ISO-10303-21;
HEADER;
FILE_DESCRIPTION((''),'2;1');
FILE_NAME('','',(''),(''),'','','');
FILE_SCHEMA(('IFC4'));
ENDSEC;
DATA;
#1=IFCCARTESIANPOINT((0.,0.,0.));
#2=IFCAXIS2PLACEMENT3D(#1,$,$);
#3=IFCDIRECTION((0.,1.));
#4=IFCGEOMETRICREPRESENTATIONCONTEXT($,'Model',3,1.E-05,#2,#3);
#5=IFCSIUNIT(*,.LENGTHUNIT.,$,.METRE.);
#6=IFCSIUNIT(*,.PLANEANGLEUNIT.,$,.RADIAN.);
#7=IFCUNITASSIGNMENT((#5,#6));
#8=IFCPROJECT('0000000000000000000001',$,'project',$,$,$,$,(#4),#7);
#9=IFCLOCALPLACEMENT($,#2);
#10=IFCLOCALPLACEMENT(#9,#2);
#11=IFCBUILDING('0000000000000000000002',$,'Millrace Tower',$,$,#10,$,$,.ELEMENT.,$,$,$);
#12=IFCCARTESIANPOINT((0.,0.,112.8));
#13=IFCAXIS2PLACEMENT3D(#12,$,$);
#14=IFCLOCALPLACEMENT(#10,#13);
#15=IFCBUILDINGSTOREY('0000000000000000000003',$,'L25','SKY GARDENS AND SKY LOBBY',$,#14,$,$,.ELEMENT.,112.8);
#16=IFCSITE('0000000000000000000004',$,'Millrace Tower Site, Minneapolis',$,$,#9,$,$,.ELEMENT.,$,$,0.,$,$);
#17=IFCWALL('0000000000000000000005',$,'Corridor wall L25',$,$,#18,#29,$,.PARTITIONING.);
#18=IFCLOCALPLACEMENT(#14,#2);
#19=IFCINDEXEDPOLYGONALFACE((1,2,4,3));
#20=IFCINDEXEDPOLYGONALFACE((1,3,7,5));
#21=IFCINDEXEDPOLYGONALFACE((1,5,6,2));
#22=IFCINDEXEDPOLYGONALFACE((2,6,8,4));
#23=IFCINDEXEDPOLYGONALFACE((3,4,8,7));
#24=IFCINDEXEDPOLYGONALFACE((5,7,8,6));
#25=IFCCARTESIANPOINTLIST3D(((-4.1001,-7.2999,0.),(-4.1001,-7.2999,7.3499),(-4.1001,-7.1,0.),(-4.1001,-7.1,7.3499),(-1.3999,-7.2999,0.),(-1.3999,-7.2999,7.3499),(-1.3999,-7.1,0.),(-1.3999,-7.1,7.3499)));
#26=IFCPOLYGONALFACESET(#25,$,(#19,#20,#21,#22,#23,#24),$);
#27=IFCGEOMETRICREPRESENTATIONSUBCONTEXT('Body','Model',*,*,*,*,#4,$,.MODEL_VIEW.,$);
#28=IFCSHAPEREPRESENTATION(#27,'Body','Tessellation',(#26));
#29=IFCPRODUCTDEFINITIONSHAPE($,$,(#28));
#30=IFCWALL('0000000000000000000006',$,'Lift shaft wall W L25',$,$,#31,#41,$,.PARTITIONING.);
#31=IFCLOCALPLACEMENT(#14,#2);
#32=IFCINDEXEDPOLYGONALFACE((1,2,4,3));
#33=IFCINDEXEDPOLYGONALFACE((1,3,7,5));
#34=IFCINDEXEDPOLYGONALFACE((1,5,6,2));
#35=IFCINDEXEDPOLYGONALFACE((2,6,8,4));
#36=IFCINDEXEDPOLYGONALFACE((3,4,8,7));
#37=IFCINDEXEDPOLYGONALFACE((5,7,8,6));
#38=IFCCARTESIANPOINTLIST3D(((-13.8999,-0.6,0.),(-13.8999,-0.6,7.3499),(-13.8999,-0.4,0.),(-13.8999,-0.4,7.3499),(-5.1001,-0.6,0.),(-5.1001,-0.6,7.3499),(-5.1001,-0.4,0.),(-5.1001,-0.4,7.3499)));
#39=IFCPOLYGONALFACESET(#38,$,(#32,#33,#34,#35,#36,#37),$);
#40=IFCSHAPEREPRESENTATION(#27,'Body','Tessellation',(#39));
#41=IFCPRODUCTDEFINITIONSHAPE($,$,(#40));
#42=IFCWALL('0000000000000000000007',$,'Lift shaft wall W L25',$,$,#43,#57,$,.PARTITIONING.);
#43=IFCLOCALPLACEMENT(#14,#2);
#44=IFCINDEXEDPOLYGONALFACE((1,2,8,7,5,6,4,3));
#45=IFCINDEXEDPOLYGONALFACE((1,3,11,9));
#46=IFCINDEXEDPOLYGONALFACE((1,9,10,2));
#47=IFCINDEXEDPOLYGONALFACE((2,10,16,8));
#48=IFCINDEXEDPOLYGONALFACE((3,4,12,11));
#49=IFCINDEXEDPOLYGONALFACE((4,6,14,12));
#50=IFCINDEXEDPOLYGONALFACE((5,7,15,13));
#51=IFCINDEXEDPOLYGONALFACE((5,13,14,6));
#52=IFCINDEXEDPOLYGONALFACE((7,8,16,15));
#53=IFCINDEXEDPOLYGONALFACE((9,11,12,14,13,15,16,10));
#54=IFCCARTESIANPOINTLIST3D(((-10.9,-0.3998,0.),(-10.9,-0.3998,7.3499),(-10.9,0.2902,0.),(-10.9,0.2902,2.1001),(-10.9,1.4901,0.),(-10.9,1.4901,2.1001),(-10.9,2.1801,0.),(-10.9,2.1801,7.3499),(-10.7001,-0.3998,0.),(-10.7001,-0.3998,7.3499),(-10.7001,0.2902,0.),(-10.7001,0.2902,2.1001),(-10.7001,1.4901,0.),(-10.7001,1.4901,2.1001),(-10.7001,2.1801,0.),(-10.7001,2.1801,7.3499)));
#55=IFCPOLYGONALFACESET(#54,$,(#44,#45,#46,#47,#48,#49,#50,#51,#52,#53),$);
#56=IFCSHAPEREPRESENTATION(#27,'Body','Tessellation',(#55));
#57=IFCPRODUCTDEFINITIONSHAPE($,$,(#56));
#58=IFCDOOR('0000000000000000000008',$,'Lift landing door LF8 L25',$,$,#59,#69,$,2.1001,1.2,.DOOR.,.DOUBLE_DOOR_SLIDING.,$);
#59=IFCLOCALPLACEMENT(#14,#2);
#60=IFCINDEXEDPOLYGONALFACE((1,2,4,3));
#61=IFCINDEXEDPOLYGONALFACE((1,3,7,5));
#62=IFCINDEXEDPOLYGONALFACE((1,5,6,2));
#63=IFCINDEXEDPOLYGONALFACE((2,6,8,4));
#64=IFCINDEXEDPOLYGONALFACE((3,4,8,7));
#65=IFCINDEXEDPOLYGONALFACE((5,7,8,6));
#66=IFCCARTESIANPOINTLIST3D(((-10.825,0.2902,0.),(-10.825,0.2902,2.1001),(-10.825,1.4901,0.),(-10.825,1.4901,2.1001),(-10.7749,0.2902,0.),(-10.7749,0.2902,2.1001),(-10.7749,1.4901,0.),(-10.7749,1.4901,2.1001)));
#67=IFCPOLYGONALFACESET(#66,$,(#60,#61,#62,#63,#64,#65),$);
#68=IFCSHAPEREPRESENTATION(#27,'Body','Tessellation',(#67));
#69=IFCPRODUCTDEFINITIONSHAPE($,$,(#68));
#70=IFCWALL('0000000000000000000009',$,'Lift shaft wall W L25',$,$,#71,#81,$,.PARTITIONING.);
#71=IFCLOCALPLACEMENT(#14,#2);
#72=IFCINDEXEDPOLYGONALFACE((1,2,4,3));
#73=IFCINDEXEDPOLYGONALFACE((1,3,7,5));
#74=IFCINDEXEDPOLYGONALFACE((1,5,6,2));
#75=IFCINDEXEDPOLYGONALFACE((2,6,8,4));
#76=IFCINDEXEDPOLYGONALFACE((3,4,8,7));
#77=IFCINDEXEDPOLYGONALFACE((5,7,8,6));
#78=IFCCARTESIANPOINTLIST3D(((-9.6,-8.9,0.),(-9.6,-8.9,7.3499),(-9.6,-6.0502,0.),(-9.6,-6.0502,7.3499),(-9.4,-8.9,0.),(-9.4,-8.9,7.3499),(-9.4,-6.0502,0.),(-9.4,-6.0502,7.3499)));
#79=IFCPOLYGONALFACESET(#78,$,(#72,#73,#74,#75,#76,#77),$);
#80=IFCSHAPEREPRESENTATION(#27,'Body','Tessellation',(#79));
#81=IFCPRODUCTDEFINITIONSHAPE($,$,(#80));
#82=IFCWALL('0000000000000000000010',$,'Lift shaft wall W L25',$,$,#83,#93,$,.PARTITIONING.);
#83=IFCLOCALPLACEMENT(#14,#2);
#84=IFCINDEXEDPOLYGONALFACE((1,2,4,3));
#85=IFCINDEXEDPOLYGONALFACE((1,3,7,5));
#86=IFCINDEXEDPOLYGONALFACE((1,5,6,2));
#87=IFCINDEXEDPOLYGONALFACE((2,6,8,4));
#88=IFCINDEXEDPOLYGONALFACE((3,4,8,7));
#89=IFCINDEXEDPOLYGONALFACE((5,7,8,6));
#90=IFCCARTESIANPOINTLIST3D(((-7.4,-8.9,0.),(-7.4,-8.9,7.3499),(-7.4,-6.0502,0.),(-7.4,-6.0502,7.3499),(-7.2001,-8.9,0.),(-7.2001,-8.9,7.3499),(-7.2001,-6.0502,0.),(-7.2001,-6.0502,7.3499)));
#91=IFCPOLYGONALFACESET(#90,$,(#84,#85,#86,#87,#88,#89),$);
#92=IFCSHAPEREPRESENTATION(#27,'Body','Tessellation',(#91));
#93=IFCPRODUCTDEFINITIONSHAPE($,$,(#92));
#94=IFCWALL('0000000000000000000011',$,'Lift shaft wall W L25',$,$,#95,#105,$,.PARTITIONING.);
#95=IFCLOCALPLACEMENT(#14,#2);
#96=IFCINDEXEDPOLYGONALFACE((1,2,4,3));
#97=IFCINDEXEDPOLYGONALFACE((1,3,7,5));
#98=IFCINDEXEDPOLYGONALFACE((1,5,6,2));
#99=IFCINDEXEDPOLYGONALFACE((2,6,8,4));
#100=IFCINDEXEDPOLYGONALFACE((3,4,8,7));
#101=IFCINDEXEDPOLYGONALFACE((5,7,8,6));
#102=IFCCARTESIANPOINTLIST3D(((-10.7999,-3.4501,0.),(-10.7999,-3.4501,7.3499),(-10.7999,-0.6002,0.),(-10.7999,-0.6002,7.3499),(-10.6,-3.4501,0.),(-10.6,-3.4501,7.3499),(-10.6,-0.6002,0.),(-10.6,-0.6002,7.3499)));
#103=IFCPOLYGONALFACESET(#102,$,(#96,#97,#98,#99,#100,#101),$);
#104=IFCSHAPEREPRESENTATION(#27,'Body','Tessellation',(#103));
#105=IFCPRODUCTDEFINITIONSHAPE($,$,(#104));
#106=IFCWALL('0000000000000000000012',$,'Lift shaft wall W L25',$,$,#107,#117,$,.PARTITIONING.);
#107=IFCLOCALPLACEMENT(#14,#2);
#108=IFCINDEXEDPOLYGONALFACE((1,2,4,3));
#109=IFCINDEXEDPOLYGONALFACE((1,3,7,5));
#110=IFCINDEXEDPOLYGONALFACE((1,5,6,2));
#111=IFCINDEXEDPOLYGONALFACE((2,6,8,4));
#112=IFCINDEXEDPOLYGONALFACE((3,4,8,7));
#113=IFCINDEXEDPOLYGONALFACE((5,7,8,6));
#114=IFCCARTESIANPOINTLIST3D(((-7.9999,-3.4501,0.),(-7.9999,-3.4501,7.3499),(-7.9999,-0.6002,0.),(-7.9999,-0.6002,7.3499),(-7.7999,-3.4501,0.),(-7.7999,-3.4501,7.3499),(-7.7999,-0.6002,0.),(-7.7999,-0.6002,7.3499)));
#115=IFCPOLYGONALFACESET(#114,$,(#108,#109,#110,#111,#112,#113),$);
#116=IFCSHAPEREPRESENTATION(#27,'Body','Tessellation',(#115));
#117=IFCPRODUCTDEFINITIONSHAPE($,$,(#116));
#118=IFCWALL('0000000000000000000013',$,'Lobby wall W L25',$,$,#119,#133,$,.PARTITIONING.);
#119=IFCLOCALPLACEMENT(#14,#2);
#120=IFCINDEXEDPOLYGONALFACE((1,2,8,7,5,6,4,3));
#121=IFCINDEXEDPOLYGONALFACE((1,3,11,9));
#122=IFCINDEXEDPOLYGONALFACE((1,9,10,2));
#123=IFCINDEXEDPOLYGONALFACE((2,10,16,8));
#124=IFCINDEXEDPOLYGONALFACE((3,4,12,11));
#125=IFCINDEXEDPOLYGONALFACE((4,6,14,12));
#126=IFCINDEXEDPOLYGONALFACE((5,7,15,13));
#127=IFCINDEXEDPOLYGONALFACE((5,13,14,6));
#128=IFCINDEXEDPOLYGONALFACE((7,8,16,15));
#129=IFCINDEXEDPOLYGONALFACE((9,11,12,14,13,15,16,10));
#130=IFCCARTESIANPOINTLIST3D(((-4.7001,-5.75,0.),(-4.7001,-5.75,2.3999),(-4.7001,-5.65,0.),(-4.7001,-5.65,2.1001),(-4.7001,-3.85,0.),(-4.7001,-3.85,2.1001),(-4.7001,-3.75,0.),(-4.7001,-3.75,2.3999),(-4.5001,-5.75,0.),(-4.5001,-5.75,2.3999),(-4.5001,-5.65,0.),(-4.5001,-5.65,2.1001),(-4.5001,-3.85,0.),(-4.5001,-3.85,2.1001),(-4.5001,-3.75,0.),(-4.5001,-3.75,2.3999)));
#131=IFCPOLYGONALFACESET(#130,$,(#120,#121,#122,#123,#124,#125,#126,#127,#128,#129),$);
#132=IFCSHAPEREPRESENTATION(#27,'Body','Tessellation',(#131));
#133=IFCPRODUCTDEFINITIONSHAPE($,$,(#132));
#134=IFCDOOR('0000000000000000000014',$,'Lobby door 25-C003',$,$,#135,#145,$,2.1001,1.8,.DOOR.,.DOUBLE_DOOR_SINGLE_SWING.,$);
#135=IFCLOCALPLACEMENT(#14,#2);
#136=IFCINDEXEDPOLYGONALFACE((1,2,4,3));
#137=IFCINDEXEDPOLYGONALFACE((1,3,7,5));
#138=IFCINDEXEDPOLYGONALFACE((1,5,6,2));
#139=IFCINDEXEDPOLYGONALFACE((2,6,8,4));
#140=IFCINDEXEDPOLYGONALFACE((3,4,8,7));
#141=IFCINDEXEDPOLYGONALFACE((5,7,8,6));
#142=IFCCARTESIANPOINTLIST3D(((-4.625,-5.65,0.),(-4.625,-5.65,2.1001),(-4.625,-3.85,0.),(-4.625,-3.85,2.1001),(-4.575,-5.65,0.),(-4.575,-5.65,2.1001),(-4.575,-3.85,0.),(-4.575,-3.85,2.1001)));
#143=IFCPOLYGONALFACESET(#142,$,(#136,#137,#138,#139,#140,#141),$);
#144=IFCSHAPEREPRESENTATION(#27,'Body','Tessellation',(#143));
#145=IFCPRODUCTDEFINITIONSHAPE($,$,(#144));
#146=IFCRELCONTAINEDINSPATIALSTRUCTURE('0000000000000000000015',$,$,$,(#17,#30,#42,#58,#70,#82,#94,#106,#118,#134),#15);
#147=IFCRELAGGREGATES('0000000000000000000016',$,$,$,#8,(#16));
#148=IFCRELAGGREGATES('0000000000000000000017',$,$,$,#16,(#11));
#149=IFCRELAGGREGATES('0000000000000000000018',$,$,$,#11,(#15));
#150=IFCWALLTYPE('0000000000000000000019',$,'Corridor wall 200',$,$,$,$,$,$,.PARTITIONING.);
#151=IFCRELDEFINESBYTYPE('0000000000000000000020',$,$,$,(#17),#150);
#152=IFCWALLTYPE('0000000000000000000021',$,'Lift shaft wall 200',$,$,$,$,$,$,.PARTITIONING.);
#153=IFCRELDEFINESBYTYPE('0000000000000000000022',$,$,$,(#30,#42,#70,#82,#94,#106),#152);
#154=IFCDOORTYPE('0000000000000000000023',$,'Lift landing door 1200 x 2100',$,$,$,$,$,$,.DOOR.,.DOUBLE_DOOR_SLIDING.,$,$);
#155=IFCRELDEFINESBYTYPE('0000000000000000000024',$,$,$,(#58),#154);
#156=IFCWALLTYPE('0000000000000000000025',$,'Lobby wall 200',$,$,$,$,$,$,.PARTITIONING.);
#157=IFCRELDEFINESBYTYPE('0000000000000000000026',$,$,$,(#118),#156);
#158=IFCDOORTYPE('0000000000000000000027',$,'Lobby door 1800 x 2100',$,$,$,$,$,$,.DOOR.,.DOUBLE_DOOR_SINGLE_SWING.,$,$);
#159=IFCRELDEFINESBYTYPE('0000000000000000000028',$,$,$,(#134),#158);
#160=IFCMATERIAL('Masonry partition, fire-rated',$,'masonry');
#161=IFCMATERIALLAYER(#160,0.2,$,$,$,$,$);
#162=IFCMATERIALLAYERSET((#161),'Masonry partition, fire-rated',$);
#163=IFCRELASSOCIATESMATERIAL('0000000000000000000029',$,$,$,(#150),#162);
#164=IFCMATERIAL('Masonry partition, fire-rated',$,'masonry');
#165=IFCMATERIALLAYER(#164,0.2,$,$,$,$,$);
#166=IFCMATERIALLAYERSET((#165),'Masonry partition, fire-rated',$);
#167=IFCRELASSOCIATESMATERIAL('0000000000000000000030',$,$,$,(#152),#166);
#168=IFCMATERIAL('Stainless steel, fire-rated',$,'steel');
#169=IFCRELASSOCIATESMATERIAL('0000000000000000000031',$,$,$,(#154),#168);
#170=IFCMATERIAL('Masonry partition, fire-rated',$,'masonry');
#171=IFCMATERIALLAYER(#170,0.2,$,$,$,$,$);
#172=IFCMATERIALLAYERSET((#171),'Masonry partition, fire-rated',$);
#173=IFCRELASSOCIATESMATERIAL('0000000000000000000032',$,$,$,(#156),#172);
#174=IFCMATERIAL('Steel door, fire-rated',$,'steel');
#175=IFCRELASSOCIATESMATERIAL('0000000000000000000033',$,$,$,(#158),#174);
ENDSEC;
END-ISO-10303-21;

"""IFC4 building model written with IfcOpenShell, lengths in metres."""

from ifc_helpers import new_model, si_unit, direction, frame, frame_2d, origin, place, context, subcontext, project, spatial, rectangle, extrude, material, layer, layer_set, type_object, element, fill, save


model = new_model("IFC4")

# Units and contexts
model_context = context("Model", 3, precision=1e-05, world=origin(), true_north=direction((0.0, 1.0)))
body_context = subcontext(model_context, "Body", "Model", "MODEL_VIEW")
ifc_project = project(units=[si_unit("LENGTHUNIT", "METRE"), si_unit("PLANEANGLEUNIT", "RADIAN")], contexts=[model_context])

# Site, building, storey
site_placement = place(None, origin())
site = spatial("IfcSite", under=ifc_project, at=site_placement, Name="Millrace Tower Site, Minneapolis", CompositionType="ELEMENT", RefElevation=0.0)
building_placement = place(site_placement, origin())
building = spatial("IfcBuilding", under=site, at=building_placement, Name="Millrace Tower", CompositionType="ELEMENT")
storey_placement = place(building_placement, frame((0.0, 0.0, 112.8)))
storey = spatial("IfcBuildingStorey", under=building, at=storey_placement, Name="L25", Description="SKY GARDENS AND SKY LOBBY", CompositionType="ELEMENT", Elevation=112.8)

# Walls
ifc_material_1 = material(Name="Masonry partition, fire-rated", Category="masonry")
ifc_layer_1 = layer(ifc_material_1, 0.2)
ifc_layer_set_1 = layer_set([ifc_layer_1], Name="Masonry partition, fire-rated")
wall_type_1 = type_object("IfcWallType", Name="Corridor wall 200", PredefinedType="PARTITIONING", material=ifc_layer_set_1)
wall_1_placement = place(storey_placement, frame((-4.1001, -7.2, 0.0), z_axis=(0.0, 0.0, 1.0), x_axis=(1.0, 0.0, 0.0)))
element("IfcWall", 1, at=wall_1_placement, inside=storey, type_object=wall_type_1, Name="Corridor wall L25", PredefinedType="PARTITIONING", context=body_context, shape_type="SweptSolid", body=[
    extrude(rectangle(XDim=2.7002, YDim=0.2, at=frame_2d((1.3501, 0.0))), origin(), (0.0, 0.0, 1.0), 7.3499),
])
ifc_material_2 = material(Name="Masonry partition, fire-rated", Category="masonry")
ifc_layer_2 = layer(ifc_material_2, 0.2)
ifc_layer_set_2 = layer_set([ifc_layer_2], Name="Masonry partition, fire-rated")
wall_type_2 = type_object("IfcWallType", Name="Lift shaft wall 200", PredefinedType="PARTITIONING", material=ifc_layer_set_2)
wall_2_placement = place(storey_placement, frame((-13.8999, -0.5, 0.0), z_axis=(0.0, 0.0, 1.0), x_axis=(1.0, 0.0, 0.0)))
element("IfcWall", 2, at=wall_2_placement, inside=storey, type_object=wall_type_2, Name="Lift shaft wall W L25", PredefinedType="PARTITIONING", context=body_context, shape_type="SweptSolid", body=[
    extrude(rectangle(XDim=8.7998, YDim=0.2, at=frame_2d((4.3999, 0.0))), origin(), (0.0, 0.0, 1.0), 7.3499),
])

# Wall, opening, door
wall_3_placement = place(storey_placement, frame((-10.8, -0.3999, 0.0), z_axis=(0.0, 0.0, 1.0), x_axis=(0.0, 1.0, 0.0)))
wall_3 = element("IfcWall", 3, at=wall_3_placement, inside=storey, type_object=wall_type_2, Name="Lift shaft wall W L25", PredefinedType="PARTITIONING", context=body_context, shape_type="SweptSolid", body=[
    extrude(rectangle(XDim=2.5798, YDim=0.2, at=frame_2d((1.29, 0.0))), origin(), (0.0, 0.0, 1.0), 7.3499),
])
opening_1_placement = place(wall_3_placement, frame((0.6899, 0.0, 0.0)))
opening_1 = element("IfcOpeningElement", 4, at=opening_1_placement, cuts=wall_3, PredefinedType="OPENING", context=body_context, shape_type="SweptSolid", body=[
    extrude(rectangle(XDim=1.2, YDim=2.1001, at=frame_2d((0.6001, 1.05))), frame((0.0, 0.1099, 0.0), z_axis=(0.0, -1.0, 0.0), x_axis=(1.0, 0.0, 0.0)), (0.0, 0.0, 1.0), 0.22),
])
ifc_material_3 = material(Name="Stainless steel, fire-rated", Category="steel")
door_type_1 = type_object("IfcDoorType", Name="Lift landing door 1200 x 2100", OperationType="DOUBLE_DOOR_SLIDING", PredefinedType="DOOR", material=ifc_material_3)
door_1_placement = place(opening_1_placement, origin())
door_1 = element("IfcDoor", 5, at=door_1_placement, inside=storey, type_object=door_type_1, Name="Lift landing door LF8 L25", OperationType="DOUBLE_DOOR_SLIDING", OverallHeight=2.1001, OverallWidth=1.2, PredefinedType="DOOR", context=body_context, shape_type="SweptSolid", body=[
    extrude(rectangle(XDim=1.2, YDim=2.1001, at=frame_2d((0.6001, 1.05))), frame((0.0, 0.0249, 0.0), z_axis=(0.0, -1.0, 0.0), x_axis=(1.0, 0.0, 0.0)), (0.0, 0.0, 1.0), 0.05),
])
fill(opening_1, door_1)

# Walls
for number, where, z_axis, x_axis, name in (
    (6, (-9.5, -8.8999, 0.0), (0.0, 0.0, 1.0), (0.0, 1.0, 0.0), "Lift shaft wall W L25"),
    (7, (-7.3, -8.8999, 0.0), (0.0, 0.0, 1.0), (0.0, 1.0, 0.0), "Lift shaft wall W L25"),
    (8, (-10.7, -3.45, 0.0), (0.0, 0.0, 1.0), (0.0, 1.0, 0.0), "Lift shaft wall W L25"),
    (9, (-7.8999, -3.45, 0.0), (0.0, 0.0, 1.0), (0.0, 1.0, 0.0), "Lift shaft wall W L25"),
):
    element("IfcWall", number, at=place(storey_placement, frame(where, z_axis=z_axis, x_axis=x_axis)), inside=storey, type_object=wall_type_2, Name=name, PredefinedType="PARTITIONING", context=body_context, shape_type="SweptSolid", body=[
        extrude(rectangle(XDim=2.8499, YDim=0.2, at=frame_2d((1.4248, 0.0))), origin(), (0.0, 0.0, 1.0), 7.3499),
    ])

# Wall, opening, door
ifc_material_4 = material(Name="Masonry partition, fire-rated", Category="masonry")
ifc_layer_3 = layer(ifc_material_4, 0.2)
ifc_layer_set_3 = layer_set([ifc_layer_3], Name="Masonry partition, fire-rated")
wall_type_3 = type_object("IfcWallType", Name="Lobby wall 200", PredefinedType="PARTITIONING", material=ifc_layer_set_3)
wall_4_placement = place(storey_placement, frame((-4.6001, -5.75, 0.0), z_axis=(0.0, 0.0, 1.0), x_axis=(0.0, 1.0, 0.0)))
wall_4 = element("IfcWall", 10, at=wall_4_placement, inside=storey, type_object=wall_type_3, Name="Lobby wall W L25", PredefinedType="PARTITIONING", context=body_context, shape_type="SweptSolid", body=[
    extrude(rectangle(XDim=2.0, YDim=0.2, at=frame_2d((1.0, 0.0))), origin(), (0.0, 0.0, 1.0), 2.3999),
])
opening_2_placement = place(wall_4_placement, frame((0.1001, 0.0, 0.0)))
opening_2 = element("IfcOpeningElement", 11, at=opening_2_placement, cuts=wall_4, PredefinedType="OPENING", context=body_context, shape_type="SweptSolid", body=[
    extrude(rectangle(XDim=1.8, YDim=2.1001, at=frame_2d((0.8999, 1.05))), frame((0.0, 0.1099, 0.0), z_axis=(0.0, -1.0, 0.0), x_axis=(1.0, 0.0, 0.0)), (0.0, 0.0, 1.0), 0.22),
])
ifc_material_5 = material(Name="Steel door, fire-rated", Category="steel")
door_type_2 = type_object("IfcDoorType", Name="Lobby door 1800 x 2100", OperationType="DOUBLE_DOOR_SINGLE_SWING", PredefinedType="DOOR", material=ifc_material_5)
door_2_placement = place(opening_2_placement, origin())
door_2 = element("IfcDoor", 12, at=door_2_placement, inside=storey, type_object=door_type_2, Name="Lobby door 25-C003", OperationType="DOUBLE_DOOR_SINGLE_SWING", OverallHeight=2.1001, OverallWidth=1.8, PredefinedType="DOOR", context=body_context, shape_type="SweptSolid", body=[
    extrude(rectangle(XDim=1.8, YDim=2.1001, at=frame_2d((0.8999, 1.05))), frame((0.0, 0.0249, 0.0), z_axis=(0.0, -1.0, 0.0), x_axis=(1.0, 0.0, 0.0)), (0.0, 0.0, 1.0), 0.05),
])
fill(opening_2, door_2)

save(model, "model.ifc")
